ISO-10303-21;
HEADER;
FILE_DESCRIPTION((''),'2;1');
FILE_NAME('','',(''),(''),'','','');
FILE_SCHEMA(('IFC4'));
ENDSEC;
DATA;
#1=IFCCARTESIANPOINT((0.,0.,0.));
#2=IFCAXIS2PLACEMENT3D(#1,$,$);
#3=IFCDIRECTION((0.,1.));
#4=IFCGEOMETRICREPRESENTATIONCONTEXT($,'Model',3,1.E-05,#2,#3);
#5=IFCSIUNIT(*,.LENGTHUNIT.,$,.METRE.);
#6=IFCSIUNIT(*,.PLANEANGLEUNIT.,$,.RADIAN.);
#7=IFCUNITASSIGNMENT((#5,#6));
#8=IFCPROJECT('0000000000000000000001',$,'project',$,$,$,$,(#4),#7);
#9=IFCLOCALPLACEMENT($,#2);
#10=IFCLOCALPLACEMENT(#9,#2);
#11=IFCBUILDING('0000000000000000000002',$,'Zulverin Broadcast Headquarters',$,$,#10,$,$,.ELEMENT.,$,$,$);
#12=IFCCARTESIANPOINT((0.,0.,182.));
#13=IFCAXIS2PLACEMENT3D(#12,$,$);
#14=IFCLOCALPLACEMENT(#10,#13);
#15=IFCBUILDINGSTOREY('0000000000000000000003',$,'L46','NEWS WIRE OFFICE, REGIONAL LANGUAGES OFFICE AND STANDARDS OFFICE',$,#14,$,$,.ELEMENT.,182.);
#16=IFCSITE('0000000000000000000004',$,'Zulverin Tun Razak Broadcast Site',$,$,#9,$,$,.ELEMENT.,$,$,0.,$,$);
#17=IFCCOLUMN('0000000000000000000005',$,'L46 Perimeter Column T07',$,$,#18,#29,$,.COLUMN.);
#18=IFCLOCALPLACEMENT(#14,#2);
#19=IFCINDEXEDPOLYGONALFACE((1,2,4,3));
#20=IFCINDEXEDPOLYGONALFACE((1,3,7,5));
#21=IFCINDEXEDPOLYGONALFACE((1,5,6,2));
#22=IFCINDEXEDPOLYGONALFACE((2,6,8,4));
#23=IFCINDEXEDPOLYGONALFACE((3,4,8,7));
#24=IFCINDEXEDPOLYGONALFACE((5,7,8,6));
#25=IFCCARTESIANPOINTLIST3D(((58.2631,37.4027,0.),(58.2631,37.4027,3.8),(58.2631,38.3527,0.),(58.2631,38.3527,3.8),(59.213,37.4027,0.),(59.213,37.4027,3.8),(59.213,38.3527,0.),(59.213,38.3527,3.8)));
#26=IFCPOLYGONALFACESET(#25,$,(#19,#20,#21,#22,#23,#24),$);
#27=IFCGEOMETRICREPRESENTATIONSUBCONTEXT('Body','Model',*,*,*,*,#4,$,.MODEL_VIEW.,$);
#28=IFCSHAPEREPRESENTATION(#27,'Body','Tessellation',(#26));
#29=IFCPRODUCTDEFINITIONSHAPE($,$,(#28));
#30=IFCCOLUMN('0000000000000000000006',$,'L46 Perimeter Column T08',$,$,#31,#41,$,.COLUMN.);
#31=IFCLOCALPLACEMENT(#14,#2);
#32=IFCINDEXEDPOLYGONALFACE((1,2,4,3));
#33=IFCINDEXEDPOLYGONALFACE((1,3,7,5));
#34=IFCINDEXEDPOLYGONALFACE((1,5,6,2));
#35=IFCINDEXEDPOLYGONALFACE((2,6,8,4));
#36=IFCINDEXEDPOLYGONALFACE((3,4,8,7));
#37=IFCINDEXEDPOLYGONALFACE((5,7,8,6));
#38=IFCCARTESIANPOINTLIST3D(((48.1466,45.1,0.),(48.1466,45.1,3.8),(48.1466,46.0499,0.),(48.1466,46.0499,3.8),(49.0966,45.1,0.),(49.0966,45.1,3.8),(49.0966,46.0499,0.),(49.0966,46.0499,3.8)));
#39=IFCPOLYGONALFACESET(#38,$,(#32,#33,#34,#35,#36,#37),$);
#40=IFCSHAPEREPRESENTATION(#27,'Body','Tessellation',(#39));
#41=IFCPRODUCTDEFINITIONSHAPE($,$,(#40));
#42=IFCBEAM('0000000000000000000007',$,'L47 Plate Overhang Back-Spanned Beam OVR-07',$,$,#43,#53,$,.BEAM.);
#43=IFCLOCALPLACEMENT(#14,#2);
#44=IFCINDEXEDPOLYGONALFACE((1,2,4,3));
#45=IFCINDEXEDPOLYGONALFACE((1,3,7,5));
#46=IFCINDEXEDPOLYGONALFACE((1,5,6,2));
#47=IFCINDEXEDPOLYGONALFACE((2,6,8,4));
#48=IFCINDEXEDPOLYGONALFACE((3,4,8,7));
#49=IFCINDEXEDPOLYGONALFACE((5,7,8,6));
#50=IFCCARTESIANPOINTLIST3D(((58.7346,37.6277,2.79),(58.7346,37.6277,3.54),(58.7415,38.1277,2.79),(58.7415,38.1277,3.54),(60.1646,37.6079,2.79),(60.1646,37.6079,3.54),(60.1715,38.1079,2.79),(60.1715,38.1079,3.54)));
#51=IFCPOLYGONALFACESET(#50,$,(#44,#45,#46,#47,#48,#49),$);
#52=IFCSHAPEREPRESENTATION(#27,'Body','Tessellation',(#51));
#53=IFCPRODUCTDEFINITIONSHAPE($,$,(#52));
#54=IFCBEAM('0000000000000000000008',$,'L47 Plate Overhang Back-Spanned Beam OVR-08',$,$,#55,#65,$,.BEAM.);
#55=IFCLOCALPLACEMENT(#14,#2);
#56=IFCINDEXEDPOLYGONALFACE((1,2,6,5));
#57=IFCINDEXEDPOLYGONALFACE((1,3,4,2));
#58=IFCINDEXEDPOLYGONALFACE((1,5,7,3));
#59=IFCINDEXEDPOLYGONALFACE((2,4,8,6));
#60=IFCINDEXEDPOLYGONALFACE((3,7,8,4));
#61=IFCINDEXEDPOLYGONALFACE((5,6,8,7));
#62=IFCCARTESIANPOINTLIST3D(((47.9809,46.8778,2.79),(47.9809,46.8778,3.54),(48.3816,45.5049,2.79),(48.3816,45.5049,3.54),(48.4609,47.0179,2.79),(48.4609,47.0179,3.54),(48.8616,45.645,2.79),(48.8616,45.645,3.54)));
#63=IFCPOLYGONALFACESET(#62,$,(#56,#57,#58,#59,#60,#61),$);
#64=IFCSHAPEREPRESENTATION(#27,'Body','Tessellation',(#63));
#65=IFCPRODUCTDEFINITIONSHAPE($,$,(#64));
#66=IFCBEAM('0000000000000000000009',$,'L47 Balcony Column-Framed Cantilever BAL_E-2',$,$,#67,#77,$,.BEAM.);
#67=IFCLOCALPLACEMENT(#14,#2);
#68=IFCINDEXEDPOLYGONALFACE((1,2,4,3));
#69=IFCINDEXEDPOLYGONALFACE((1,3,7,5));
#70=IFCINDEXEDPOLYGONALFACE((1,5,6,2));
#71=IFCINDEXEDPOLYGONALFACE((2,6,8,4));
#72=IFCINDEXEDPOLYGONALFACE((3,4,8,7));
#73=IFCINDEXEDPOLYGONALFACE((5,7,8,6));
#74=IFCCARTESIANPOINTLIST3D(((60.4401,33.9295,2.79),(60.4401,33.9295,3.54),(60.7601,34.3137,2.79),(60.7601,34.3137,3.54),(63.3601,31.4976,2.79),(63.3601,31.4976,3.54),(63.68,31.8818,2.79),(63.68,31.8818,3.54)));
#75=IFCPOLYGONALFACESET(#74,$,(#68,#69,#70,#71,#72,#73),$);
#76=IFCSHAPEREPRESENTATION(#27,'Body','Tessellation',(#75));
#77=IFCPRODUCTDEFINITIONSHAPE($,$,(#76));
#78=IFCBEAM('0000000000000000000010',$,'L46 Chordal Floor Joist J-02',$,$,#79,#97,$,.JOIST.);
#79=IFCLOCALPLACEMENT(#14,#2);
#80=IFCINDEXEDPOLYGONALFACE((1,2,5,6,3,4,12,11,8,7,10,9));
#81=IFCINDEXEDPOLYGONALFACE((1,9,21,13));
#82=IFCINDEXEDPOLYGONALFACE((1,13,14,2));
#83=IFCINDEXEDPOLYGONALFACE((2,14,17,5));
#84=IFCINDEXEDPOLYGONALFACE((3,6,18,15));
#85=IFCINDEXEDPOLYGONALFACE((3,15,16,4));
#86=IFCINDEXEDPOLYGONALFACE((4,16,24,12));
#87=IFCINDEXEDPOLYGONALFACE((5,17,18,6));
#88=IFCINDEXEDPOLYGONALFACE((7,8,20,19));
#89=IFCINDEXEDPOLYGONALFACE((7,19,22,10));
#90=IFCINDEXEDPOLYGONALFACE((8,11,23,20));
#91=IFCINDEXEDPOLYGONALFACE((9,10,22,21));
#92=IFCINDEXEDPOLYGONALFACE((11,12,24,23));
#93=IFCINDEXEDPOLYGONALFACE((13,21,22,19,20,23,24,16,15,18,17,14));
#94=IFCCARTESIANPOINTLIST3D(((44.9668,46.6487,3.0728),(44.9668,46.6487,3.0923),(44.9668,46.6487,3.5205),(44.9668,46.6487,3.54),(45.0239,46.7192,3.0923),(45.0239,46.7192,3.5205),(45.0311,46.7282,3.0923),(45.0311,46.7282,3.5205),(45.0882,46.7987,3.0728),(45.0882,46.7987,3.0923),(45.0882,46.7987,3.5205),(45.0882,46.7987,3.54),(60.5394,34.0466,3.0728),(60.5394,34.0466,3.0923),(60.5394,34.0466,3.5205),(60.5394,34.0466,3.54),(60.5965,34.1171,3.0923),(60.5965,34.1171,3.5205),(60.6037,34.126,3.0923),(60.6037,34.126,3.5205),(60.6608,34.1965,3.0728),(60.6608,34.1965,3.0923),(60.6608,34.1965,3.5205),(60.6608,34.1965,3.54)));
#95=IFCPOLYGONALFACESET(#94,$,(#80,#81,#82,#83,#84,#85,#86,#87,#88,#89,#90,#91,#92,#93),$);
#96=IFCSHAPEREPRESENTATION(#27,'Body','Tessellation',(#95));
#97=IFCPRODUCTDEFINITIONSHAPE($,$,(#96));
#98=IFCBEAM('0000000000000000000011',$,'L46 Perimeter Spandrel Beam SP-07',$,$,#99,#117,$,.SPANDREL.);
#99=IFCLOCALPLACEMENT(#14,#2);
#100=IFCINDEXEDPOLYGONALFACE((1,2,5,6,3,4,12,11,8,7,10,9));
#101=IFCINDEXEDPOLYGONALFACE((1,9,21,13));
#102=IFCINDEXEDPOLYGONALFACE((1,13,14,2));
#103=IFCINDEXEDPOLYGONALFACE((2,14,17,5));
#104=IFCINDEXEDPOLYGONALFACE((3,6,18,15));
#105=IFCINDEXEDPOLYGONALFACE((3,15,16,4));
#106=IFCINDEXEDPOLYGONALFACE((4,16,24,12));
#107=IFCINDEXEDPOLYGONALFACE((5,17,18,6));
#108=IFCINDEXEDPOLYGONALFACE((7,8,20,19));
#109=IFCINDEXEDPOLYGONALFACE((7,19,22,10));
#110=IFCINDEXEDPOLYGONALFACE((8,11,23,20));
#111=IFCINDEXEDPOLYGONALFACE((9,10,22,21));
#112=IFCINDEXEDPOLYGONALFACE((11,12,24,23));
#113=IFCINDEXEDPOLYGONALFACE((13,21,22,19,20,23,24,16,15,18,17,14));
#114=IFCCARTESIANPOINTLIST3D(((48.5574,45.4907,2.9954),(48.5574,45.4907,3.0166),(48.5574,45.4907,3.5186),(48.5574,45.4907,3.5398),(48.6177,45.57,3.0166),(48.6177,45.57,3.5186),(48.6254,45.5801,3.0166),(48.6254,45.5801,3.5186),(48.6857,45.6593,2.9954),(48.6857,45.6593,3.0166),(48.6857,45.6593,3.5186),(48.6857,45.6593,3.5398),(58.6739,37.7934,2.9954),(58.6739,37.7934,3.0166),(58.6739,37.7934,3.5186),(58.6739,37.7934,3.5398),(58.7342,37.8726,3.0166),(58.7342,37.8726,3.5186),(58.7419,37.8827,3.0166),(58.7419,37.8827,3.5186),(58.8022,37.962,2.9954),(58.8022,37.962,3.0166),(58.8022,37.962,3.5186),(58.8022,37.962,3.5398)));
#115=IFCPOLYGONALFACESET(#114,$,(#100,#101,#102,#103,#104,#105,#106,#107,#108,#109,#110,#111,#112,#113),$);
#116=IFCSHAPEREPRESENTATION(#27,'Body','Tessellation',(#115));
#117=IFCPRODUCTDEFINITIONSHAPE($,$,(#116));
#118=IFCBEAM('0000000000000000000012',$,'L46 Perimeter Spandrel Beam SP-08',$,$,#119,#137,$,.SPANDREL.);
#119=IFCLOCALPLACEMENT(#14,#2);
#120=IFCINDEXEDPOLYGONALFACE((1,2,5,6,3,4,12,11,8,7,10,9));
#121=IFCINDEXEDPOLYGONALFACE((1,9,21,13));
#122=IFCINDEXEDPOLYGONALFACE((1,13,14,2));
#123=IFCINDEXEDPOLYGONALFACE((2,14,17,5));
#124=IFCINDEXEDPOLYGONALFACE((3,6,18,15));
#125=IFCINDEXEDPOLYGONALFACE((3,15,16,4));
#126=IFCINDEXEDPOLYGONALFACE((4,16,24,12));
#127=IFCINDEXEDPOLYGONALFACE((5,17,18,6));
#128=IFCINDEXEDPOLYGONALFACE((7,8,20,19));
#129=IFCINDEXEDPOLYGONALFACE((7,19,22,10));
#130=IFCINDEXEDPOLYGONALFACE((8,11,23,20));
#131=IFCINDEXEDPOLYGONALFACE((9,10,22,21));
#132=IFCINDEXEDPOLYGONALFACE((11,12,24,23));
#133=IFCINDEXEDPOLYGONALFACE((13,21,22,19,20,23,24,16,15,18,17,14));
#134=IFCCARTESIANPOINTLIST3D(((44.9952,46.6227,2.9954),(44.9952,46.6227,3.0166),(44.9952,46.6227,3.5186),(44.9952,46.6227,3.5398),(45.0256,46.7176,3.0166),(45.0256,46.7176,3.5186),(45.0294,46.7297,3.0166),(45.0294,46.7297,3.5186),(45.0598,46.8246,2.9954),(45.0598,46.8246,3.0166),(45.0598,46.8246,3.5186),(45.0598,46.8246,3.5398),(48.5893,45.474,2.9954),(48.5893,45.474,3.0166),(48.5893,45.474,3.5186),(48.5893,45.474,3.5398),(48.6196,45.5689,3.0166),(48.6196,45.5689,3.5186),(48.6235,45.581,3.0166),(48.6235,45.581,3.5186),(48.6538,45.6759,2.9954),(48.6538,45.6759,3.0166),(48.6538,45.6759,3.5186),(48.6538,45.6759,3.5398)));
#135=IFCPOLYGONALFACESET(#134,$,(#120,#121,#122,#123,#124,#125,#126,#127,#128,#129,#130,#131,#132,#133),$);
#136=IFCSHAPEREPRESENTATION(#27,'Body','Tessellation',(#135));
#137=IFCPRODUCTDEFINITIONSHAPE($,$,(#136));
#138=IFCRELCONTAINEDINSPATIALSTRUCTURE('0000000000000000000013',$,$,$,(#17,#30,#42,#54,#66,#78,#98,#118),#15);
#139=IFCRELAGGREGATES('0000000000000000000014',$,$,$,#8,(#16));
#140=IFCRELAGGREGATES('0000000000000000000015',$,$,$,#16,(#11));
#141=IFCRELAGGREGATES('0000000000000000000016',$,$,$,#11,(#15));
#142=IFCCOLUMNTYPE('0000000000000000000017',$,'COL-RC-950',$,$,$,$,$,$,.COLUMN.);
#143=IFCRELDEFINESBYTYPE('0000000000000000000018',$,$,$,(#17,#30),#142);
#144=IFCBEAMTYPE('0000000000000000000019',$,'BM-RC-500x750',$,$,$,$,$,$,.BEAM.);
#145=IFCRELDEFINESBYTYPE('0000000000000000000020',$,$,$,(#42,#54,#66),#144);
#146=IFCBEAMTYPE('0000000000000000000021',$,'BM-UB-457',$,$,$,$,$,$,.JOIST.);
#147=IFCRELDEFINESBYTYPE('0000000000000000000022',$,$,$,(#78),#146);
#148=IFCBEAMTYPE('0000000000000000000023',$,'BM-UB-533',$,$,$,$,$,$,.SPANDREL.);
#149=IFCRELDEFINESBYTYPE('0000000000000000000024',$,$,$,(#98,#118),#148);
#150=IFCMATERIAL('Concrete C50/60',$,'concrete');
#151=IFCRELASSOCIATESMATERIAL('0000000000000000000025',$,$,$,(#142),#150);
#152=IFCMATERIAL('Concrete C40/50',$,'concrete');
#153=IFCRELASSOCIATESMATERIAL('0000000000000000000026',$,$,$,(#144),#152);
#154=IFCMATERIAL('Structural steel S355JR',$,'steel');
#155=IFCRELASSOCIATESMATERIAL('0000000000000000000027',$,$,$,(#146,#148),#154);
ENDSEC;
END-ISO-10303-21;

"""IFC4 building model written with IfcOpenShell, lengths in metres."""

from ifc_helpers import new_model, si_unit, direction, frame, origin, origin_2d, place, context, subcontext, project, spatial, rectangle, i_section, extrude, material, material_profile, profile_set, type_object, element, save


model = new_model("IFC4")

# Units and contexts
model_context = context("Model", 3, precision=1e-05, world=origin(), true_north=direction((0.0, 1.0)))
body_context = subcontext(model_context, "Body", "Model", "MODEL_VIEW")
ifc_project = project(units=[si_unit("LENGTHUNIT", "METRE"), si_unit("PLANEANGLEUNIT", "RADIAN")], contexts=[model_context])

# Site, building, storey
site_placement = place(None, origin())
site = spatial("IfcSite", under=ifc_project, at=site_placement, Name="Zulverin Tun Razak Broadcast Site", CompositionType="ELEMENT", RefElevation=0.0)
building_placement = place(site_placement, origin())
building = spatial("IfcBuilding", under=site, at=building_placement, Name="Zulverin Broadcast Headquarters", CompositionType="ELEMENT")
storey_placement = place(building_placement, frame((0.0, 0.0, 182.0)))
storey = spatial("IfcBuildingStorey", under=building, at=storey_placement, Name="L46", Description="NEWS WIRE OFFICE, REGIONAL LANGUAGES OFFICE AND STANDARDS OFFICE", CompositionType="ELEMENT", Elevation=182.0)

# Columns
ifc_material_1 = material(Name="Concrete C50/60", Category="concrete")
ifc_material_profile_1 = material_profile(ifc_material_1, rectangle(XDim=0.95, YDim=0.95, at=origin_2d()), Name="Concrete C50/60", Category="concrete")
ifc_profile_set_1 = profile_set([ifc_material_profile_1], Name="Concrete C50/60")
column_type = type_object("IfcColumnType", Name="COL-RC-950", PredefinedType="COLUMN", material=ifc_profile_set_1)
for number, where, z_axis, x_axis, name in (
    (1, (58.738, 37.8777, 0.0), (0.0, 0.0, 1.0), (1.0, 0.0, 0.0), "L46 Perimeter Column T07"),
    (2, (48.6216, 45.575, 0.0), (0.0, 0.0, 1.0), (1.0, 0.0, 0.0), "L46 Perimeter Column T08"),
):
    element("IfcColumn", number, at=place(storey_placement, frame(where, z_axis=z_axis, x_axis=x_axis)), inside=storey, type_object=column_type, Name=name, PredefinedType="COLUMN", context=body_context, shape_type="SweptSolid", body=[
        extrude(rectangle(XDim=0.95, YDim=0.95, at=origin_2d()), origin(), (0.0, 0.0, 1.0), 3.8),
    ])

# Beams
ifc_material_2 = material(Name="Concrete C40/50", Category="concrete")
ifc_material_profile_2 = material_profile(ifc_material_2, rectangle(XDim=0.5, YDim=0.75, at=origin_2d()), Name="Concrete C40/50", Category="concrete")
ifc_profile_set_2 = profile_set([ifc_material_profile_2], Name="Concrete C40/50")
beam_type_1 = type_object("IfcBeamType", Name="BM-RC-500x750", PredefinedType="BEAM", material=ifc_profile_set_2)
for number, where, z_axis, x_axis, name in (
    (3, (58.738, 37.8777, 3.165), (0.999904, -0.013828, 0.0), (0.013828, 0.999904, 0.0), "L47 Plate Overhang Back-Spanned Beam OVR-07"),
    (4, (48.6216, 45.575, 3.165), (-0.280151, 0.959956, 0.0), (-0.959956, -0.280151, 0.0), "L47 Plate Overhang Back-Spanned Beam OVR-08"),
):
    element("IfcBeam", number, at=place(storey_placement, frame(where, z_axis=z_axis, x_axis=x_axis)), inside=storey, type_object=beam_type_1, Name=name, PredefinedType="BEAM", context=body_context, shape_type="SweptSolid", body=[
        extrude(rectangle(XDim=0.5, YDim=0.75, at=origin_2d()), origin(), (0.0, 0.0, 1.0), 1.4302),
    ])
beam_1_placement = place(storey_placement, frame((60.6001, 34.1216, 3.165), z_axis=(0.7684, -0.63997, 0.0), x_axis=(0.63997, 0.7684, 0.0)))
element("IfcBeam", 5, at=beam_1_placement, inside=storey, type_object=beam_type_1, Name="L47 Balcony Column-Framed Cantilever BAL_E-2", PredefinedType="BEAM", context=body_context, shape_type="SweptSolid", body=[
    extrude(rectangle(XDim=0.5, YDim=0.75, at=origin_2d()), origin(), (0.0, 0.0, 1.0), 3.8),
])
ifc_material_3 = material(Name="Structural steel S355JR", Category="steel")
ifc_material_profile_3 = material_profile(ifc_material_3, i_section(OverallWidth=0.1929, OverallDepth=0.4673, WebThickness=0.0115, FlangeThickness=0.0195, at=origin_2d()), Name="Structural steel S355JR", Category="steel")
ifc_profile_set_3 = profile_set([ifc_material_profile_3], Name="Structural steel S355JR")
beam_type_2 = type_object("IfcBeamType", Name="BM-UB-457", PredefinedType="JOIST", material=ifc_profile_set_3)
beam_2_placement = place(storey_placement, frame((60.6001, 34.1216, 3.3064), z_axis=(-0.777349, 0.62907, 0.0), x_axis=(-0.62907, -0.777349, 0.0)))
element("IfcBeam", 6, at=beam_2_placement, inside=storey, type_object=beam_type_2, Name="L46 Chordal Floor Joist J-02", PredefinedType="JOIST", context=body_context, shape_type="SweptSolid", body=[
    extrude(i_section(OverallWidth=0.1929, OverallDepth=0.4673, WebThickness=0.0115, FlangeThickness=0.0195, at=origin_2d()), origin(), (0.0, 0.0, 1.0), 20.033),
])
ifc_material_profile_4 = material_profile(ifc_material_3, i_section(OverallWidth=0.2119, OverallDepth=0.5444, WebThickness=0.0127, FlangeThickness=0.0212, at=origin_2d()), Name="Structural steel S355JR", Category="steel")
ifc_profile_set_4 = profile_set([ifc_material_profile_4], Name="Structural steel S355JR")
beam_type_3 = type_object("IfcBeamType", Name="BM-UB-533", PredefinedType="SPANDREL", material=ifc_profile_set_4)
beam_3_placement = place(storey_placement, frame((58.738, 37.8777, 3.2676), z_axis=(-0.79583, 0.60552, 0.0), x_axis=(-0.60552, -0.79583, 0.0)))
element("IfcBeam", 7, at=beam_3_placement, inside=storey, type_object=beam_type_3, Name="L46 Perimeter Spandrel Beam SP-07", PredefinedType="SPANDREL", context=body_context, shape_type="SweptSolid", body=[
    extrude(i_section(OverallWidth=0.2119, OverallDepth=0.5444, WebThickness=0.0127, FlangeThickness=0.0212, at=origin_2d()), origin(), (0.0, 0.0, 1.0), 12.7119),
])
beam_4_placement = place(storey_placement, frame((48.6216, 45.575, 3.2676), z_axis=(-0.952532, 0.30444, 0.0), x_axis=(-0.30444, -0.952532, 0.0)))
element("IfcBeam", 8, at=beam_4_placement, inside=storey, type_object=beam_type_3, Name="L46 Perimeter Spandrel Beam SP-08", PredefinedType="SPANDREL", context=body_context, shape_type="SweptSolid", body=[
    extrude(i_section(OverallWidth=0.2119, OverallDepth=0.5444, WebThickness=0.0127, FlangeThickness=0.0212, at=origin_2d()), origin(), (0.0, 0.0, 1.0), 3.7732),
])

save(model, "model.ifc")
